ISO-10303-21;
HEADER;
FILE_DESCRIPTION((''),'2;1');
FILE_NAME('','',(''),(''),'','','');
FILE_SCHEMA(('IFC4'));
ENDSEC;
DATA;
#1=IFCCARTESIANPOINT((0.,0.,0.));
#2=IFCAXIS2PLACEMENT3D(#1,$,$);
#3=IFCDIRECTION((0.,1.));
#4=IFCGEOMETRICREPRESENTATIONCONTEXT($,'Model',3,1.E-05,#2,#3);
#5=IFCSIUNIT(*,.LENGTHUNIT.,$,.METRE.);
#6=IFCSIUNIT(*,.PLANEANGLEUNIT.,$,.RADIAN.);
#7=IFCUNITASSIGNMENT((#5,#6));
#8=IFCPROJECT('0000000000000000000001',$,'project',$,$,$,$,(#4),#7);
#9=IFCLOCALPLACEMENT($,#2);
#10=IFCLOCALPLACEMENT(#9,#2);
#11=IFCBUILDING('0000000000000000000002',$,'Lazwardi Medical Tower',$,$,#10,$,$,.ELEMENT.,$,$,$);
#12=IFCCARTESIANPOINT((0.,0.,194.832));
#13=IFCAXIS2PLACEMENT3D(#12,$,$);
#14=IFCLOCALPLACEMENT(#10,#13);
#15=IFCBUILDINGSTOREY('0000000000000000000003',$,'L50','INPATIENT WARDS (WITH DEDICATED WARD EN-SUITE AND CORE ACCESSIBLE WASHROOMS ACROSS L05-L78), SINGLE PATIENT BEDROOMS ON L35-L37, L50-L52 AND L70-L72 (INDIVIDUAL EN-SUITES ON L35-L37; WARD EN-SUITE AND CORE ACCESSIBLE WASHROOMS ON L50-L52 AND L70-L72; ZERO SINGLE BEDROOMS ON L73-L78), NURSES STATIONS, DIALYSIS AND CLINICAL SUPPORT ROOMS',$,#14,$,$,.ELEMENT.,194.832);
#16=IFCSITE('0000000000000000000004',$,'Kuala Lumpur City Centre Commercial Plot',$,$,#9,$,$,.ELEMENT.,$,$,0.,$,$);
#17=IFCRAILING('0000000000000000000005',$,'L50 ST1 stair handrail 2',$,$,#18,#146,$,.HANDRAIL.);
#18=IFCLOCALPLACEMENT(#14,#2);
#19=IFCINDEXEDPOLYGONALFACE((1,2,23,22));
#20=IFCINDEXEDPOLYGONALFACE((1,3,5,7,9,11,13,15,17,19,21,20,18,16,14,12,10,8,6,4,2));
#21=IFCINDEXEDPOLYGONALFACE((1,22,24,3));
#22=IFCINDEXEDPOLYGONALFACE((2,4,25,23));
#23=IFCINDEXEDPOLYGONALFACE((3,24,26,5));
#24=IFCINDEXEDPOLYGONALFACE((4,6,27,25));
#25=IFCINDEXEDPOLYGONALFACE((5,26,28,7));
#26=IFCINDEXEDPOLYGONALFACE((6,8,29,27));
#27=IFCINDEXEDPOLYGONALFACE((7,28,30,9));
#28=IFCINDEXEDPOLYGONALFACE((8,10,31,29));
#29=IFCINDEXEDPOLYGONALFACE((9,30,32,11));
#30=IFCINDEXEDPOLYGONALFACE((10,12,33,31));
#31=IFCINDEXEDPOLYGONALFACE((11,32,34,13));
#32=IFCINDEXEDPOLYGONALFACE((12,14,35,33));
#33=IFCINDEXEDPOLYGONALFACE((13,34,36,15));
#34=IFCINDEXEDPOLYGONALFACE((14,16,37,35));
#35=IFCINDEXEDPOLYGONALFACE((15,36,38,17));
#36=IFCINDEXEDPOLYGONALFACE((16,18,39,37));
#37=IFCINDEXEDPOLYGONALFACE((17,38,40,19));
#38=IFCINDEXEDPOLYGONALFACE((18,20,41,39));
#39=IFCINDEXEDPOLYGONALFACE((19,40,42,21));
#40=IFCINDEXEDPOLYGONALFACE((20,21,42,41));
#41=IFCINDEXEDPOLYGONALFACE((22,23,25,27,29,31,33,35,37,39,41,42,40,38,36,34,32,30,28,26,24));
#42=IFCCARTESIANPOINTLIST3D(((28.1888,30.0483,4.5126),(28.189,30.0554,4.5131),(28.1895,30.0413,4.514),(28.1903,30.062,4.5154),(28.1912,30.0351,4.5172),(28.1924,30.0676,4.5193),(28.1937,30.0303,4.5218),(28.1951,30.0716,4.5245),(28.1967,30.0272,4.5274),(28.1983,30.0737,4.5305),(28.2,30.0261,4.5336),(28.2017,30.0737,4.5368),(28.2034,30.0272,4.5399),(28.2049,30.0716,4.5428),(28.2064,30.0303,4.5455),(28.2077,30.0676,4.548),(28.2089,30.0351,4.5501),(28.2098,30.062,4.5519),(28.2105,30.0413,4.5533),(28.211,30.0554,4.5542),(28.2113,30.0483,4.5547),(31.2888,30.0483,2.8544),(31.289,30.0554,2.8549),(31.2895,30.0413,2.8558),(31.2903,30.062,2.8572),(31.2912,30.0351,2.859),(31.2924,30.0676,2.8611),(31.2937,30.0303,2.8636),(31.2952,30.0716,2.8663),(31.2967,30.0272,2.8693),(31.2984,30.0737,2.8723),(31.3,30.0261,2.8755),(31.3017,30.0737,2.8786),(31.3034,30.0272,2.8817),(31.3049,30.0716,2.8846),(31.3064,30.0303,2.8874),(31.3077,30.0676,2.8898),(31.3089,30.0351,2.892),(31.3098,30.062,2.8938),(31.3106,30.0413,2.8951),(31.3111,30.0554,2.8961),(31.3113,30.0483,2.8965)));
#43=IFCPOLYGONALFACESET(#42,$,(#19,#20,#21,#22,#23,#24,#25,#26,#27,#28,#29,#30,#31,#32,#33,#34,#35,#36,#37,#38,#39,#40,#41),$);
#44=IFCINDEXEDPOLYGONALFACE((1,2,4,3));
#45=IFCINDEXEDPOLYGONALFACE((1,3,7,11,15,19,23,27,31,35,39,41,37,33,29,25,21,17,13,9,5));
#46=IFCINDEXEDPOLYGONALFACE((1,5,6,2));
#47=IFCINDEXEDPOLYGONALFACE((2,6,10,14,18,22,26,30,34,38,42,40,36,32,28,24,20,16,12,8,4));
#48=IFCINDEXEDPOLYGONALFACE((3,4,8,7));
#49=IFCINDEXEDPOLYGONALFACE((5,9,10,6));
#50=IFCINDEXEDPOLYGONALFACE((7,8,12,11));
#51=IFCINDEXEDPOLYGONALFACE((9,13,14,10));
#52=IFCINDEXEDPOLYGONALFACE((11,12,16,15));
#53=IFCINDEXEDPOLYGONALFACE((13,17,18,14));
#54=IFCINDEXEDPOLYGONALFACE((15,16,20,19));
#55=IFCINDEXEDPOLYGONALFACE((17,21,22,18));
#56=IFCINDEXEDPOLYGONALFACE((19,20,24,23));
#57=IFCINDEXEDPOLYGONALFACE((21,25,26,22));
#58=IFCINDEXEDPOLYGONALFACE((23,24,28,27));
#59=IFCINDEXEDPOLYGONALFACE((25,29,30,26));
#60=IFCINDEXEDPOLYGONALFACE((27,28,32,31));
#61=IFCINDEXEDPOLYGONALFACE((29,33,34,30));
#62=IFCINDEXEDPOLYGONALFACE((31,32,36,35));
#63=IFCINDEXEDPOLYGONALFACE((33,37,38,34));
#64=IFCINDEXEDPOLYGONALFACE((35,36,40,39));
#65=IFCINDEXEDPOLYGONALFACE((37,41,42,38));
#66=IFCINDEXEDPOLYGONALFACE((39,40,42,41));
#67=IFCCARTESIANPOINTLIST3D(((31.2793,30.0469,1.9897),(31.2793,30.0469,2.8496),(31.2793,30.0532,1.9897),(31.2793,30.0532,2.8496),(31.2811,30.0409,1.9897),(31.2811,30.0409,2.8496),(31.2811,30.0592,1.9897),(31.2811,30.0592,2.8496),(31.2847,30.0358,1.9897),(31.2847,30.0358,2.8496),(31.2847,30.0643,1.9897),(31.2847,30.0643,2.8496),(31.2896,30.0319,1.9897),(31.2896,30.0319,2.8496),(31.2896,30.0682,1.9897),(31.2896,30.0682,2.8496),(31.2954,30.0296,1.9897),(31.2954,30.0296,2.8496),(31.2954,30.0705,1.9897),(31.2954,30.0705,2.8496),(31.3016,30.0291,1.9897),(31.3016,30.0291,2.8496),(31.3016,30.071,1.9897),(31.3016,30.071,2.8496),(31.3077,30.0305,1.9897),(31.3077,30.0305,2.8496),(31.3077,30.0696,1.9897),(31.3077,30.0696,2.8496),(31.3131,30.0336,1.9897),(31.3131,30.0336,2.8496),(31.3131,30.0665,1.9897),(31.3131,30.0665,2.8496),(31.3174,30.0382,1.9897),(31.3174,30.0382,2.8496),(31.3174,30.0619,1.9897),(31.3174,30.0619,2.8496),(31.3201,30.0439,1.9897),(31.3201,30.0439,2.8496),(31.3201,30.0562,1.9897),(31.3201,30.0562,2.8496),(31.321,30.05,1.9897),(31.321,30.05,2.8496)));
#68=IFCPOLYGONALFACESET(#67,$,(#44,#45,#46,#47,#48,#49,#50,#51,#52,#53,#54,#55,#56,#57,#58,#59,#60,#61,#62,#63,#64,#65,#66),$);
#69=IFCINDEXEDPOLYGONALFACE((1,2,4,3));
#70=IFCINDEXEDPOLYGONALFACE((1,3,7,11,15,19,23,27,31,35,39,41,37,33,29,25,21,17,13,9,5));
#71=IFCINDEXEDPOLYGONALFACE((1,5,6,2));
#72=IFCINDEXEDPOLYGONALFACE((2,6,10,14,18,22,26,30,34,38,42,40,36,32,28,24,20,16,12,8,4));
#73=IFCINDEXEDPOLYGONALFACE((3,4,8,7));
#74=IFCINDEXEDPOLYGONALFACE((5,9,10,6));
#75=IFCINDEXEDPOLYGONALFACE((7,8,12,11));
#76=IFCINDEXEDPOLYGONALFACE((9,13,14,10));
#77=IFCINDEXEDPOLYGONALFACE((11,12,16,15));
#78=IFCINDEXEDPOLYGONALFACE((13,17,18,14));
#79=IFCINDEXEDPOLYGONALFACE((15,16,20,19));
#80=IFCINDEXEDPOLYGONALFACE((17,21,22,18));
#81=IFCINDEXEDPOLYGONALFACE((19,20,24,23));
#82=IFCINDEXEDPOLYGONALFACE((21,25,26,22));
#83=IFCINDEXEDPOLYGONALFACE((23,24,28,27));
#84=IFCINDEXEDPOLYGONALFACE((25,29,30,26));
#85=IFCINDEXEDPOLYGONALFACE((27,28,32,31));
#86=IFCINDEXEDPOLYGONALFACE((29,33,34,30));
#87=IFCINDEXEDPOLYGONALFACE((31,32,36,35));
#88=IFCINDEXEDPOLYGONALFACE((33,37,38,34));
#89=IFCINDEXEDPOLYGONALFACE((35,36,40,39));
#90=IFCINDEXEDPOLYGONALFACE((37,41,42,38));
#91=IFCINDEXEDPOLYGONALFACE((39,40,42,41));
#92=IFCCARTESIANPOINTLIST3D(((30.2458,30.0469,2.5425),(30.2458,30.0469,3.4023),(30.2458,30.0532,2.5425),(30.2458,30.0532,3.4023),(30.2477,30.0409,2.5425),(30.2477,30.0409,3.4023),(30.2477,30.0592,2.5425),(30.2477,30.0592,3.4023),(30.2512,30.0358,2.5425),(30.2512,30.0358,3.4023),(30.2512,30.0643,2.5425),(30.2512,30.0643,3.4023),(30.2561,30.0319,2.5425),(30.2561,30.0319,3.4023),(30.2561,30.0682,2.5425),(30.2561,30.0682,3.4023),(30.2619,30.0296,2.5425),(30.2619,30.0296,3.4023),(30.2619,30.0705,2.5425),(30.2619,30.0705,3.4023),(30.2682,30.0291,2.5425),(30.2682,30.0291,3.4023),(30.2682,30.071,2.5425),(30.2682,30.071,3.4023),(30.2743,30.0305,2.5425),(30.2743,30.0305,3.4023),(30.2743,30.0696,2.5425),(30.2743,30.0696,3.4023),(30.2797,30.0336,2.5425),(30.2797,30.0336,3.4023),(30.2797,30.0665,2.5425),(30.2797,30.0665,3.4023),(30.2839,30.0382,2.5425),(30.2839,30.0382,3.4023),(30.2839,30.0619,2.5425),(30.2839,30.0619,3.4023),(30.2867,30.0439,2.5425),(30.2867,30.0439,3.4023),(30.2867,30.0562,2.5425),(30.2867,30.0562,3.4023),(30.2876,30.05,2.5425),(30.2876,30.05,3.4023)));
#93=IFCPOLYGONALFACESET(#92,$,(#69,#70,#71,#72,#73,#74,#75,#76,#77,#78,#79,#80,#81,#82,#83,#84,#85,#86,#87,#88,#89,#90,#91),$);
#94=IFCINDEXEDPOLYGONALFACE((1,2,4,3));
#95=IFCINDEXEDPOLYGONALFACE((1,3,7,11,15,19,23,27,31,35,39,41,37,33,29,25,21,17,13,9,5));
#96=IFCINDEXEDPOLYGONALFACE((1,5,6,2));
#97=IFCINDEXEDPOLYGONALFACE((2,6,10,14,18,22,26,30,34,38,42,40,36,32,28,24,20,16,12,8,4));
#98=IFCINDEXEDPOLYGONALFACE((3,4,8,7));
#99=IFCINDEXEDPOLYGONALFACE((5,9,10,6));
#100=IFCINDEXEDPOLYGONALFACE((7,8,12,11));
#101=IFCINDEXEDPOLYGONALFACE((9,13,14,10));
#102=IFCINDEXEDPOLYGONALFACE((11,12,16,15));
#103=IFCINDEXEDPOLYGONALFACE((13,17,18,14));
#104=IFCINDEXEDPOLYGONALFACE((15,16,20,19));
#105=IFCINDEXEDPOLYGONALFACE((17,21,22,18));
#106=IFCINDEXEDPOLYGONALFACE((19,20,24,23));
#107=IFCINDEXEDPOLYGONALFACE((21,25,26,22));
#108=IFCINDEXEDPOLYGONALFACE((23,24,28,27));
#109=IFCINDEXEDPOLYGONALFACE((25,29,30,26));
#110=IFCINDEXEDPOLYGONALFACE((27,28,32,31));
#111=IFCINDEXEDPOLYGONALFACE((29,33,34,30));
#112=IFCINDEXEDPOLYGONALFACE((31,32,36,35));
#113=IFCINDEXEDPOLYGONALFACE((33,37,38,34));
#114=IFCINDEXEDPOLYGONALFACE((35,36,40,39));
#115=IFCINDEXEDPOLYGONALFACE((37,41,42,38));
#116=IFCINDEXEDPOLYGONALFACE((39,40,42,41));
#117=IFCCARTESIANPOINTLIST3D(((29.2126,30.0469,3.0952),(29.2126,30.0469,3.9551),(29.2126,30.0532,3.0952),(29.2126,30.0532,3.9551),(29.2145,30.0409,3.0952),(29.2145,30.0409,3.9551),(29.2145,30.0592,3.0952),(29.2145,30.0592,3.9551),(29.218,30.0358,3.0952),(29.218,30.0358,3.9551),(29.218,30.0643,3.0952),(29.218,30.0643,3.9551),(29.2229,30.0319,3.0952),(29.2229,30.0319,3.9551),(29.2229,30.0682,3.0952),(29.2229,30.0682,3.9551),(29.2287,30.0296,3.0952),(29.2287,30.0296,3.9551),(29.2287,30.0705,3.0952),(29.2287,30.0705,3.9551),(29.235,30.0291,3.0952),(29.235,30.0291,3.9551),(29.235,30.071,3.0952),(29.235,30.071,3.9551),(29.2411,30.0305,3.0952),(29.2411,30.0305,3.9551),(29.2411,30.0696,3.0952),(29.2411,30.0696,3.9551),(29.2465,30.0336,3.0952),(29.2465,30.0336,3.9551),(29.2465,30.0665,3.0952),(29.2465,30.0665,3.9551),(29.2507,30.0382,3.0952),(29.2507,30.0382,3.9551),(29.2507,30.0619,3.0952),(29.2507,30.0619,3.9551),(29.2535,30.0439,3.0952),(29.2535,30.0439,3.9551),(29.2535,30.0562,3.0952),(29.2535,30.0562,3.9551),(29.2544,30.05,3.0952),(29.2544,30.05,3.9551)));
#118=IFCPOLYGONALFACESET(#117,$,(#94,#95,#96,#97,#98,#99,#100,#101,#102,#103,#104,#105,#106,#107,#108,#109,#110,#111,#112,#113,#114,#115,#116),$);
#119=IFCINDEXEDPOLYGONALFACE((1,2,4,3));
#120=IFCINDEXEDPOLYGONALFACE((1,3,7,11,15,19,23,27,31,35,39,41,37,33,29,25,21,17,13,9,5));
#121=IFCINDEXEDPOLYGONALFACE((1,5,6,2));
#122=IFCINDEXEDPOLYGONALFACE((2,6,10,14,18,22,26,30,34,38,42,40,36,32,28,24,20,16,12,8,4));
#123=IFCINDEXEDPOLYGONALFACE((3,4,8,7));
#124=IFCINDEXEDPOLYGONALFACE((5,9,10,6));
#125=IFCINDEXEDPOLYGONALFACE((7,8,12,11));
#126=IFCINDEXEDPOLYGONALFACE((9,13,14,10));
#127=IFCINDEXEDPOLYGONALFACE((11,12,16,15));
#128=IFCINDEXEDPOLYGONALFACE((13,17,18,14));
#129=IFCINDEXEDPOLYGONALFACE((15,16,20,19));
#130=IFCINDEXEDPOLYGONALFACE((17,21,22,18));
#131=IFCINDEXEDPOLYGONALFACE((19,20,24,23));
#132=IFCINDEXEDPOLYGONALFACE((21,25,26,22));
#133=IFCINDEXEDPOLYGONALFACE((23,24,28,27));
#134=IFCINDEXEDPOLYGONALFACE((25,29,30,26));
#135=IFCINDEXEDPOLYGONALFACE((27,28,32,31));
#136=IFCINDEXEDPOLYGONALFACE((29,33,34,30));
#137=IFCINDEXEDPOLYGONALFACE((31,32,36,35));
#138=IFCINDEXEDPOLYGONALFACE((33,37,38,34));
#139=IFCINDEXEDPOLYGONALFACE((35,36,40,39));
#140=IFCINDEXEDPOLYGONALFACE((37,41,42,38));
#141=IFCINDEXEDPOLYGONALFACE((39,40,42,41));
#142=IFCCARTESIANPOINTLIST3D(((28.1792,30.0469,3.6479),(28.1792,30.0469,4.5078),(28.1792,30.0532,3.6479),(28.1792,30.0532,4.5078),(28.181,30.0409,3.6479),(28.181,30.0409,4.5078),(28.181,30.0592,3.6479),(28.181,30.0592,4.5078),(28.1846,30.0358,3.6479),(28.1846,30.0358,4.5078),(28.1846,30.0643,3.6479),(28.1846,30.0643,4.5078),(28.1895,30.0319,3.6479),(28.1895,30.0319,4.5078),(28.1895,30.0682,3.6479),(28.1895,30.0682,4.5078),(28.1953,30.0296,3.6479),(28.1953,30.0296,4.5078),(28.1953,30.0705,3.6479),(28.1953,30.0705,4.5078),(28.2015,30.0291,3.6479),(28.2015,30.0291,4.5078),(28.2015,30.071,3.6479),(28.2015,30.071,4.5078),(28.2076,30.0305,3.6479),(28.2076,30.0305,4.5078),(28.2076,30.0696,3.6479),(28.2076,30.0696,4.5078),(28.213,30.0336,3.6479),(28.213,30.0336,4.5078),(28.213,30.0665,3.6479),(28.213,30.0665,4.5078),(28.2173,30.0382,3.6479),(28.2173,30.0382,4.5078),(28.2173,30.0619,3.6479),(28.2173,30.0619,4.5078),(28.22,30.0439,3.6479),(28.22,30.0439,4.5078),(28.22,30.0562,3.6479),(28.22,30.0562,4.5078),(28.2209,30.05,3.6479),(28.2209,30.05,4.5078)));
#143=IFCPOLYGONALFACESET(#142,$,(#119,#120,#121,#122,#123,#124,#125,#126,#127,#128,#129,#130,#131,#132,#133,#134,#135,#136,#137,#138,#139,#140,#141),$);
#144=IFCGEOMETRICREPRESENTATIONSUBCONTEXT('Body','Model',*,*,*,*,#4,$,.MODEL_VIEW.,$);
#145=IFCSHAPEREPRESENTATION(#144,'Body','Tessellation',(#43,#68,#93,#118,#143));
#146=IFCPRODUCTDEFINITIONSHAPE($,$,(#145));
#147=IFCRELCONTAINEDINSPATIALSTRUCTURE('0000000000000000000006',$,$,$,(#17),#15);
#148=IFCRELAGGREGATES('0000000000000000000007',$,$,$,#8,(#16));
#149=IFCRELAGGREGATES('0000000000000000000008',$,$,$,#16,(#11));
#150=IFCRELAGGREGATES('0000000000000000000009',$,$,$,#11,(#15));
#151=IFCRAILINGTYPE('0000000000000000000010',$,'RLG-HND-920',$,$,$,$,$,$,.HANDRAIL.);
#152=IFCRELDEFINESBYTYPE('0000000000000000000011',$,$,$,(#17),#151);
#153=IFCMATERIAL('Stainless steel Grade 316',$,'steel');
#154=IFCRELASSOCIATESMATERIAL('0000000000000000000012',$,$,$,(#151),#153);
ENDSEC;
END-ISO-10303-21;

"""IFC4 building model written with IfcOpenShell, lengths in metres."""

from ifc_helpers import new_model, si_unit, direction, frame, origin, origin_2d, place, context, subcontext, project, spatial, circle, extrude, material, type_object, element, save


model = new_model("IFC4")

# Units and contexts
model_context = context("Model", 3, precision=1e-05, world=origin(), true_north=direction((0.0, 1.0)))
body_context = subcontext(model_context, "Body", "Model", "MODEL_VIEW")
ifc_project = project(units=[si_unit("LENGTHUNIT", "METRE"), si_unit("PLANEANGLEUNIT", "RADIAN")], contexts=[model_context])

# Site, building, storey
site_placement = place(None, origin())
site = spatial("IfcSite", under=ifc_project, at=site_placement, Name="Kuala Lumpur City Centre Commercial Plot", CompositionType="ELEMENT", RefElevation=0.0)
building_placement = place(site_placement, origin())
building = spatial("IfcBuilding", under=site, at=building_placement, Name="Lazwardi Medical Tower", CompositionType="ELEMENT")
storey_placement = place(building_placement, frame((0.0, 0.0, 194.832)))
storey = spatial("IfcBuildingStorey", under=building, at=storey_placement, Name="L50", Description="INPATIENT WARDS (WITH DEDICATED WARD EN-SUITE AND CORE ACCESSIBLE WASHROOMS ACROSS L05-L78), SINGLE PATIENT BEDROOMS ON L35-L37, L50-L52 AND L70-L72 (INDIVIDUAL EN-SUITES ON L35-L37; WARD EN-SUITE AND CORE ACCESSIBLE WASHROOMS ON L50-L52 AND L70-L72; ZERO SINGLE BEDROOMS ON L73-L78), NURSES STATIONS, DIALYSIS AND CLINICAL SUPPORT ROOMS", CompositionType="ELEMENT", Elevation=194.832)

# Railing
ifc_material_1 = material(Name="Stainless steel Grade 316", Category="steel")
railing_type_1 = type_object("IfcRailingType", Name="RLG-HND-920", PredefinedType="HANDRAIL", material=ifc_material_1)
railing_1_placement = place(storey_placement, frame((31.3, 30.05, 1.9897)))
element("IfcRailing", 1, at=railing_1_placement, inside=storey, type_object=railing_type_1, Name="L50 ST1 stair handrail 2", PredefinedType="HANDRAIL", context=body_context, shape_type="SweptSolid", body=[
    extrude(circle(Radius=0.0239, at=origin_2d()), frame((0.0, 0.0, 0.8857), z_axis=(-0.881783, 0.0, 0.471655), x_axis=(0.0, -1.0, 0.0)), (0.0, 0.0, 1.0), 3.5156),
    extrude(circle(Radius=0.021, at=origin_2d()), origin(), (0.0, 0.0, 1.0), 0.8599),
    extrude(circle(Radius=0.021, at=origin_2d()), frame((-1.0334, 0.0, 0.5527)), (0.0, 0.0, 1.0), 0.8599),
    extrude(circle(Radius=0.021, at=origin_2d()), frame((-2.0667, 0.0, 1.1055)), (0.0, 0.0, 1.0), 0.8599),
    extrude(circle(Radius=0.021, at=origin_2d()), frame((-3.1001, 0.0, 1.6582)), (0.0, 0.0, 1.0), 0.8599),
])

save(model, "model.ifc")
